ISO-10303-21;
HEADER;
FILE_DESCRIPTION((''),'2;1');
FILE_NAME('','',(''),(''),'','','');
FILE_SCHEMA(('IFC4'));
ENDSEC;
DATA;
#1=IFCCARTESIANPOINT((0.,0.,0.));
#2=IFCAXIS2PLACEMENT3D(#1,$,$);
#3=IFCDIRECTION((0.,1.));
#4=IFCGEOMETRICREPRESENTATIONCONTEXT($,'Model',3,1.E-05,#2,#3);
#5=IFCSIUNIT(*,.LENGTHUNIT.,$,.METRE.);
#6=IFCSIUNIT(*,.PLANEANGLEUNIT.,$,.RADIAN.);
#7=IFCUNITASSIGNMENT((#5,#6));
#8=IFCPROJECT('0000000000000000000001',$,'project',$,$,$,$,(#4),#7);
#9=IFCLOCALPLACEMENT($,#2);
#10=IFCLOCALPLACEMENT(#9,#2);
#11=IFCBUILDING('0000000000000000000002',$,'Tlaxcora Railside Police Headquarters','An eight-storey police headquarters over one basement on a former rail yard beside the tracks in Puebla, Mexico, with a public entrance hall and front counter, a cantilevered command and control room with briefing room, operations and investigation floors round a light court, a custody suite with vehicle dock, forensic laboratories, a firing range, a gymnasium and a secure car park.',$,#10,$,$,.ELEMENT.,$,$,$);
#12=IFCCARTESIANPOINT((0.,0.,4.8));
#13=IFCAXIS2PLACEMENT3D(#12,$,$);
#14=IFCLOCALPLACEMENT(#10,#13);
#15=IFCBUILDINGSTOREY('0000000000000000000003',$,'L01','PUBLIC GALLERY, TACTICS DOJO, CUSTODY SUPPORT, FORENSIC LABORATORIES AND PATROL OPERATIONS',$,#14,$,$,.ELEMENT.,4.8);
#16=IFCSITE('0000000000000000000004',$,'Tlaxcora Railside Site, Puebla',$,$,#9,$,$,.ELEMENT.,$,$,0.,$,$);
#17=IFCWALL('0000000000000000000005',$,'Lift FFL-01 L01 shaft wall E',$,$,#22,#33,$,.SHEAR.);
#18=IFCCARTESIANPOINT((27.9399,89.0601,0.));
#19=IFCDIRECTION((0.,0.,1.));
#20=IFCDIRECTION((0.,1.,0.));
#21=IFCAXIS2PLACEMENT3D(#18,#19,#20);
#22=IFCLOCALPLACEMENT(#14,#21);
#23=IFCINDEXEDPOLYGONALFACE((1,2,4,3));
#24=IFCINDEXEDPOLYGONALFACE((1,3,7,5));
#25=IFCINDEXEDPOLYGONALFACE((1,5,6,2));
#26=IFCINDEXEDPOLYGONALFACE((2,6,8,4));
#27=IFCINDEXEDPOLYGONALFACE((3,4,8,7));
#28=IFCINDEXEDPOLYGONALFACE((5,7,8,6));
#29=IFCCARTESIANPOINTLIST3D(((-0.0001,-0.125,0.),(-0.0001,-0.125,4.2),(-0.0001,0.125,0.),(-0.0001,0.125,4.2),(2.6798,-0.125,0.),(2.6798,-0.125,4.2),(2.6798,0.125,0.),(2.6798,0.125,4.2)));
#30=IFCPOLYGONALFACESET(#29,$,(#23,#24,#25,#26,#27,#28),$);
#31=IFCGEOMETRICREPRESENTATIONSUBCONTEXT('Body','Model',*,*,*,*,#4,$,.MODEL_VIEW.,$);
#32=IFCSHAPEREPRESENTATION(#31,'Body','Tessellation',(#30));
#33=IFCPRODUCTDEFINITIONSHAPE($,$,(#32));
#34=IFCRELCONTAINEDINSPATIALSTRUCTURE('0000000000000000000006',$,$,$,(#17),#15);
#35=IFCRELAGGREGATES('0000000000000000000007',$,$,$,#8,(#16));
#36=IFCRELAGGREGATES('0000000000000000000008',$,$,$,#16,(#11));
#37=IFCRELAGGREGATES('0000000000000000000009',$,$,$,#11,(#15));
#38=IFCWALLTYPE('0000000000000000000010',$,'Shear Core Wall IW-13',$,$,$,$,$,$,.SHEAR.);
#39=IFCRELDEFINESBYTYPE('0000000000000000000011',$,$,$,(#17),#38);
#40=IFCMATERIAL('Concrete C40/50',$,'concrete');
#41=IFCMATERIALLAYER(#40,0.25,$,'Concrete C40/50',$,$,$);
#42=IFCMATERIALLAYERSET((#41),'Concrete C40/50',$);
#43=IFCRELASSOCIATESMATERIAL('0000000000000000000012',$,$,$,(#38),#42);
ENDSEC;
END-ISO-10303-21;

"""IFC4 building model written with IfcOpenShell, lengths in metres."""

from ifc_helpers import new_model, si_unit, direction, frame, frame_2d, origin, place, context, subcontext, project, spatial, rectangle, extrude, material, layer, layer_set, type_object, element, save


model = new_model("IFC4")

# Units and contexts
model_context = context("Model", 3, precision=1e-05, world=origin(), true_north=direction((0.0, 1.0)))
body_context = subcontext(model_context, "Body", "Model", "MODEL_VIEW")
ifc_project = project(units=[si_unit("LENGTHUNIT", "METRE"), si_unit("PLANEANGLEUNIT", "RADIAN")], contexts=[model_context])

# Site, building, storey
site_placement = place(None, origin())
site = spatial("IfcSite", under=ifc_project, at=site_placement, Name="Tlaxcora Railside Site, Puebla", CompositionType="ELEMENT", RefElevation=0.0)
building_placement = place(site_placement, origin())
building = spatial("IfcBuilding", under=site, at=building_placement, Name="Tlaxcora Railside Police Headquarters", Description="An eight-storey police headquarters over one basement on a former rail yard beside the tracks in Puebla, Mexico, with a public entrance hall and front counter, a cantilevered command and control room with briefing room, operations and investigation floors round a light court, a custody suite with vehicle dock, forensic laboratories, a firing range, a gymnasium and a secure car park.", CompositionType="ELEMENT")
storey_placement = place(building_placement, frame((0.0, 0.0, 4.8)))
storey = spatial("IfcBuildingStorey", under=building, at=storey_placement, Name="L01", Description="PUBLIC GALLERY, TACTICS DOJO, CUSTODY SUPPORT, FORENSIC LABORATORIES AND PATROL OPERATIONS", CompositionType="ELEMENT", Elevation=4.8)

# Shared definitions
ifc_material_1 = material(Name="Concrete C40/50", Category="concrete")

# Shared definitions
ifc_layer_1 = layer(ifc_material_1, 0.25, Name="Concrete C40/50")
ifc_layer_set_1 = layer_set([ifc_layer_1], Name="Concrete C40/50")
wall_type_1 = type_object("IfcWallType", Name="Shear Core Wall IW-13", PredefinedType="SHEAR", material=ifc_layer_set_1)

# Wall
wall_1_placement = place(storey_placement, frame((27.9399, 89.0601, 0.0), z_axis=(0.0, 0.0, 1.0), x_axis=(0.0, 1.0, 0.0)))
element("IfcWall", 1, at=wall_1_placement, inside=storey, type_object=wall_type_1, Name="Lift FFL-01 L01 shaft wall E", PredefinedType="SHEAR", context=body_context, shape_type="SweptSolid", body=[
    extrude(rectangle(XDim=2.6799, YDim=0.25, at=frame_2d((1.3398, 0.0))), origin(), (0.0, 0.0, 1.0), 4.2),
])

save(model, "model.ifc")
